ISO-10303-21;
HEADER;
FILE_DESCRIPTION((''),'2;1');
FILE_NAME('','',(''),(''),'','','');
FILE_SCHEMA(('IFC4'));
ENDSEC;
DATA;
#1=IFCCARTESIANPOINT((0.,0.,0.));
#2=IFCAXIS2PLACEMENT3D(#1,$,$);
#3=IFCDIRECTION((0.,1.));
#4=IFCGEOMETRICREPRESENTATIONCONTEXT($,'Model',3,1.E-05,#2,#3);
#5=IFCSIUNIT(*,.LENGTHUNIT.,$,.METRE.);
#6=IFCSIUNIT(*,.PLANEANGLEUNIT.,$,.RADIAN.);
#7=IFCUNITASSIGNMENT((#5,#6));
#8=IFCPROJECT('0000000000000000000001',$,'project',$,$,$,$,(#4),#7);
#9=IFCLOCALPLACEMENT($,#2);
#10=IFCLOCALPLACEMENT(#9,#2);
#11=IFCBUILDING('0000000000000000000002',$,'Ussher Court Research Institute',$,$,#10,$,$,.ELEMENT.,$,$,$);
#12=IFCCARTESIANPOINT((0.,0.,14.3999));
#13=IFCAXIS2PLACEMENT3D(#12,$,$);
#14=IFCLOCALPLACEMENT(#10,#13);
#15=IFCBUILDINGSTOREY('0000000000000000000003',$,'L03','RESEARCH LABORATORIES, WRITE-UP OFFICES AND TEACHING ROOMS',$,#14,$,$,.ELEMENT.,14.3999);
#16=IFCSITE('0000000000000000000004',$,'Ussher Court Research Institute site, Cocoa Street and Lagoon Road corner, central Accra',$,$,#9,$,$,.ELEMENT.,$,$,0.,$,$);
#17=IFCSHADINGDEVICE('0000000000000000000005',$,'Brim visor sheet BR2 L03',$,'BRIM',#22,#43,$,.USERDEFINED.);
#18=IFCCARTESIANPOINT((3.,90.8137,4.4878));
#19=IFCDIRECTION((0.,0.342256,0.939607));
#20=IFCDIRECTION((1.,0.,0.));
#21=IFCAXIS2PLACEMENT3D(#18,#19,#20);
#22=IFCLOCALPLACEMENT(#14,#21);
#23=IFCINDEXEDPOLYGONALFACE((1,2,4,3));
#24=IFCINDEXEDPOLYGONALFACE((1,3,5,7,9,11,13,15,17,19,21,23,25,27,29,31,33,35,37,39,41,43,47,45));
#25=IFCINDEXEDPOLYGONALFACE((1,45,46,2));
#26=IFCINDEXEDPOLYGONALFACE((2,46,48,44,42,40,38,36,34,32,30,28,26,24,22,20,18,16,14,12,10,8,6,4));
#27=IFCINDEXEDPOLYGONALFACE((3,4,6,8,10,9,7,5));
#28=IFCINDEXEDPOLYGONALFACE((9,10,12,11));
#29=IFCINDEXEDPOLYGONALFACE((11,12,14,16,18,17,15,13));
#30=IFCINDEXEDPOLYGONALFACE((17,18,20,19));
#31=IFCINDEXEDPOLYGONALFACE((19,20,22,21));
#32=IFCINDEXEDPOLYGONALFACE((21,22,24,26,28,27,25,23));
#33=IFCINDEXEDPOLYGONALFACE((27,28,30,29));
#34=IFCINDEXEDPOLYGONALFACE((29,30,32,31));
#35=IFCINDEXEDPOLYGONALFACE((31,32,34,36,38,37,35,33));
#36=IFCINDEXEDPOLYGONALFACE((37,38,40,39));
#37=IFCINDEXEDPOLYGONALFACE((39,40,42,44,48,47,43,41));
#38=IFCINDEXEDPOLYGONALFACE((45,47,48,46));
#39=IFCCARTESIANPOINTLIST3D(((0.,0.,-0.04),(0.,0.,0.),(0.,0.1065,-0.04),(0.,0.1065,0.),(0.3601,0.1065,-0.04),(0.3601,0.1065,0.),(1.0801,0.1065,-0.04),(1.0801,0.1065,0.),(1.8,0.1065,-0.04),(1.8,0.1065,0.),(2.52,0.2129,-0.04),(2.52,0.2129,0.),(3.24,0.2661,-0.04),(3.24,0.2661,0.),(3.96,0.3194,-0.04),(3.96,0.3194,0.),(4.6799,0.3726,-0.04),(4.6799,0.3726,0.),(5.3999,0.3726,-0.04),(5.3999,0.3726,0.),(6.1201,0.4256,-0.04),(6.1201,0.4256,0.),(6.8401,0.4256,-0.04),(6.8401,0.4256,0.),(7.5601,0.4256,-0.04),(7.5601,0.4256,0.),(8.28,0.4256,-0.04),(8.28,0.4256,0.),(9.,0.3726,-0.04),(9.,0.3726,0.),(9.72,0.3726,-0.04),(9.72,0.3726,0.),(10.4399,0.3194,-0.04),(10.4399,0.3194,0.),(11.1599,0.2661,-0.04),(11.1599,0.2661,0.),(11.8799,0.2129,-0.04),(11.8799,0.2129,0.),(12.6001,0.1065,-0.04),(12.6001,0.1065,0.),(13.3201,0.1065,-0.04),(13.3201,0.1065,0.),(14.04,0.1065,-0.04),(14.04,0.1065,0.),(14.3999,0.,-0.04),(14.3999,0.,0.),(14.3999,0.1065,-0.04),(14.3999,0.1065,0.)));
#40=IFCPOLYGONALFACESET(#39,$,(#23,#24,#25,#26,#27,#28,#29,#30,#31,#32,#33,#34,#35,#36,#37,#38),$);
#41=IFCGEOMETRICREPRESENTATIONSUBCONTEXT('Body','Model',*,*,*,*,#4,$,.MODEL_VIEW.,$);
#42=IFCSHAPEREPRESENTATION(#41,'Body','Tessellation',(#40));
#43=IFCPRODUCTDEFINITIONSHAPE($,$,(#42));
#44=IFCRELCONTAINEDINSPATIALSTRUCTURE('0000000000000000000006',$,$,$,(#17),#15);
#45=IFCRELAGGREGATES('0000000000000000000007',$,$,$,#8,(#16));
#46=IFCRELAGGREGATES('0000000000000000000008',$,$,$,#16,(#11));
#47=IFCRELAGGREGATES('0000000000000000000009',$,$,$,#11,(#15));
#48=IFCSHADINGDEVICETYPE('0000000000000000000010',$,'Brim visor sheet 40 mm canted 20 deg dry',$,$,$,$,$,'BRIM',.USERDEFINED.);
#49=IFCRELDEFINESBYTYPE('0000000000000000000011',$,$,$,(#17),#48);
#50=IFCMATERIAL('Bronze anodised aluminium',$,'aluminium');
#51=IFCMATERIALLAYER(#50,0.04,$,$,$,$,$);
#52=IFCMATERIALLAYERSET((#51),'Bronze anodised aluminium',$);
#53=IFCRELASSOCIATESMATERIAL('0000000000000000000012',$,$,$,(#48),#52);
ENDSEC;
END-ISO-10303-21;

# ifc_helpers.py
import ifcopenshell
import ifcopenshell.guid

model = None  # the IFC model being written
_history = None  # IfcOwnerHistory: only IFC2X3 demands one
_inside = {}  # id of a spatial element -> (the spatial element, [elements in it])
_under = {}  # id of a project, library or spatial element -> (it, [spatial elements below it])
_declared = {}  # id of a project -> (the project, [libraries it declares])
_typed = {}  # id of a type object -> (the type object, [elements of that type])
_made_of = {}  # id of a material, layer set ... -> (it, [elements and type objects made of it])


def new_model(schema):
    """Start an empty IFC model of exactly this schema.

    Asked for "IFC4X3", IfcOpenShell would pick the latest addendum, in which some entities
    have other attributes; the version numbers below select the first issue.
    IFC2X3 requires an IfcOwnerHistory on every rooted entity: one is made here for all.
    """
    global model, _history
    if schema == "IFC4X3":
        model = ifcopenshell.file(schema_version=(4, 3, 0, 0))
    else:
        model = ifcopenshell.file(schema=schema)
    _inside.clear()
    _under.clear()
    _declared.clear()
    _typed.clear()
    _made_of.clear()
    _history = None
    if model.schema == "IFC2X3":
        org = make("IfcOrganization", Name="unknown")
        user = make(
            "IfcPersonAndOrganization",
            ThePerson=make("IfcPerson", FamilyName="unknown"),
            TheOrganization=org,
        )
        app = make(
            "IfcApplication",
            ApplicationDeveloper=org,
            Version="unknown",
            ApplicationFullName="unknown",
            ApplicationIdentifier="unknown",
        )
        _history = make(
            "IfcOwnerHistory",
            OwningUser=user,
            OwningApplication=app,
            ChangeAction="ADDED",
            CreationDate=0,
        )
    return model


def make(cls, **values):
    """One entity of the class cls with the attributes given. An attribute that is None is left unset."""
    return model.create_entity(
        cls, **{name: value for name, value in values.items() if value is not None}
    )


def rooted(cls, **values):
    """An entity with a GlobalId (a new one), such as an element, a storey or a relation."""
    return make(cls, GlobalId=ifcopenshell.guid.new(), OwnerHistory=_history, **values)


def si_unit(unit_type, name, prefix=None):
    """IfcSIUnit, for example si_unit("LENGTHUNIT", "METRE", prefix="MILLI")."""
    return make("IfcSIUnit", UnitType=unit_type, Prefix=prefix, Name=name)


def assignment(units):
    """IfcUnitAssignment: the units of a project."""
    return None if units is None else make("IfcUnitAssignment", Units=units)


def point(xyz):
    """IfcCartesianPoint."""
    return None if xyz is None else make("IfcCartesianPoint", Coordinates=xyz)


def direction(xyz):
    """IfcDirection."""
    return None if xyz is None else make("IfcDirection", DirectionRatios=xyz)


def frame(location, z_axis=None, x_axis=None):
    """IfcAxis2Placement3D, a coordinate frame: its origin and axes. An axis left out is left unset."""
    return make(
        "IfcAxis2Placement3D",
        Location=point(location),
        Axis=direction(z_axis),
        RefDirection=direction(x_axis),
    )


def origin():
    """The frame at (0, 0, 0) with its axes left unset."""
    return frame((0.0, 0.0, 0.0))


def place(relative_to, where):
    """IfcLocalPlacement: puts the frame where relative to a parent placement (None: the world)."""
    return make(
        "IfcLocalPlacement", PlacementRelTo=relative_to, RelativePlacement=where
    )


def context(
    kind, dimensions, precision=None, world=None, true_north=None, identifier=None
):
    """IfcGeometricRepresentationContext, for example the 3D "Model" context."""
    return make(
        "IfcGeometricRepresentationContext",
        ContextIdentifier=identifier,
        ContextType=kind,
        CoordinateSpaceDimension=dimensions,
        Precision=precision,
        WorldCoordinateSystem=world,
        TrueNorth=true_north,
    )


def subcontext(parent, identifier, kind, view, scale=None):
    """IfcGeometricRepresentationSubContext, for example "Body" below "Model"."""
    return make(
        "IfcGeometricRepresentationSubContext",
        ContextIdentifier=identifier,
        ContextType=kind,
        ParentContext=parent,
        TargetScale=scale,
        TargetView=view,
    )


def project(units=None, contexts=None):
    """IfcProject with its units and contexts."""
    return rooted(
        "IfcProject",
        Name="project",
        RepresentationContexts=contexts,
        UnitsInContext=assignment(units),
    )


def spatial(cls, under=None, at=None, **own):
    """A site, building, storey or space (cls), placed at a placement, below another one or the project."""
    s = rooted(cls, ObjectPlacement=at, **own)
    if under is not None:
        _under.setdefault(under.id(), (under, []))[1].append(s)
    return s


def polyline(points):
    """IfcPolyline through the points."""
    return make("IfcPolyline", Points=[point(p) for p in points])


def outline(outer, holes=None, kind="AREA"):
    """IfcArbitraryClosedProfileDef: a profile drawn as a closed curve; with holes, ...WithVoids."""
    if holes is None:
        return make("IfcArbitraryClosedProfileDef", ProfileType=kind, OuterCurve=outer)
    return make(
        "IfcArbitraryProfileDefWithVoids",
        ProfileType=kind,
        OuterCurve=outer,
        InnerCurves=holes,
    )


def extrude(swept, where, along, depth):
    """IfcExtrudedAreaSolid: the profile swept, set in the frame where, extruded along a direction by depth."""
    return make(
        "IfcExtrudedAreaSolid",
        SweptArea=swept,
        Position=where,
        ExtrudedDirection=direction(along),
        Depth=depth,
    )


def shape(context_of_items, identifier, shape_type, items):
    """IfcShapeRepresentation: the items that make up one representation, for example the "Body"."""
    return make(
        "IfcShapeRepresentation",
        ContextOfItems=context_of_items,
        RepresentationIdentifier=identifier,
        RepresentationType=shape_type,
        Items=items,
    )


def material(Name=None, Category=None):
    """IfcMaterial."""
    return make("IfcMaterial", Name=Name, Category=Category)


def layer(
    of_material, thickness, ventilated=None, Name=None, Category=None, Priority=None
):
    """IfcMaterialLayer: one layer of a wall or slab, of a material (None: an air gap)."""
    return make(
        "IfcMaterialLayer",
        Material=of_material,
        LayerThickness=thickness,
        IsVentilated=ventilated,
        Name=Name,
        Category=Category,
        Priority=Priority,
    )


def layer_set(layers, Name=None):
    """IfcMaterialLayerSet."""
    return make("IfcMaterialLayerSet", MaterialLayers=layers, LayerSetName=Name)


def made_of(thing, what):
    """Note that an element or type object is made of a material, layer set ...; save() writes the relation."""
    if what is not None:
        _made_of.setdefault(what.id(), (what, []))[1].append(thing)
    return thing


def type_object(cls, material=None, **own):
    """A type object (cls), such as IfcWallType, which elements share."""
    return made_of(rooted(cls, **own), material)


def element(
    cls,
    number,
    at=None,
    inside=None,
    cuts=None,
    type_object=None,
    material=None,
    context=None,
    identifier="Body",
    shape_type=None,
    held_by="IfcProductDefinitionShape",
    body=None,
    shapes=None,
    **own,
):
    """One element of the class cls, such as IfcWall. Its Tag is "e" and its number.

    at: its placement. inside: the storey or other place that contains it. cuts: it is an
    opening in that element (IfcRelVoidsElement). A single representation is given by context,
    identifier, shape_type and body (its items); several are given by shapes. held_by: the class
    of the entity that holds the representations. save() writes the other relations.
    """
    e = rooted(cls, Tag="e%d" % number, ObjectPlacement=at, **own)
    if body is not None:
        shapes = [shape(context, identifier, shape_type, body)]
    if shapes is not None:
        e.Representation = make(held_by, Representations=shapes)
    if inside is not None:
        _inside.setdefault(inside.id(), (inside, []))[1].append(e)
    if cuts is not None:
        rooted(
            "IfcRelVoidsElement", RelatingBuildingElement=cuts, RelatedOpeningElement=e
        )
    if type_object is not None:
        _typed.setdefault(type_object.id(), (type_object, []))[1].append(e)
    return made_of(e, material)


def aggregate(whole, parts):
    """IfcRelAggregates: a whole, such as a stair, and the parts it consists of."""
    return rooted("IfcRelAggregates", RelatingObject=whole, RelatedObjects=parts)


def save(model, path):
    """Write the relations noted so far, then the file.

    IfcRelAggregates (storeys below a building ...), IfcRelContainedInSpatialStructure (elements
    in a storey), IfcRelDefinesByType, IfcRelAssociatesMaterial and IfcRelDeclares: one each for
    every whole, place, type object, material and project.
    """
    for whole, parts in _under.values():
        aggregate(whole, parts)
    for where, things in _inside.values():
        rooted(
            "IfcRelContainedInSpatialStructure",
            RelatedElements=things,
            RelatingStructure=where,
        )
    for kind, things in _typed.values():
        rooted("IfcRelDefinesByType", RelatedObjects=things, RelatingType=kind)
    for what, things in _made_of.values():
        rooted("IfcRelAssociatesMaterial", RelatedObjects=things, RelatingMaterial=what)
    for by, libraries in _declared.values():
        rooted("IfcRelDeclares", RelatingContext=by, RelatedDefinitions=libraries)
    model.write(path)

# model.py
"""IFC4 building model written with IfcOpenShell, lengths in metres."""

from ifc_helpers import new_model, si_unit, direction, frame, origin, place, context, subcontext, project, spatial, polyline, outline, extrude, material, layer, layer_set, type_object, element, save


model = new_model("IFC4")

# Units and contexts
model_context = context("Model", 3, precision=1e-05, world=origin(), true_north=direction((0.0, 1.0)))
body_context = subcontext(model_context, "Body", "Model", "MODEL_VIEW")
ifc_project = project(units=[si_unit("LENGTHUNIT", "METRE"), si_unit("PLANEANGLEUNIT", "RADIAN")], contexts=[model_context])

# Site, building, storey
site_placement = place(None, origin())
site = spatial("IfcSite", under=ifc_project, at=site_placement, Name="Ussher Court Research Institute site, Cocoa Street and Lagoon Road corner, central Accra", CompositionType="ELEMENT", RefElevation=0.0)
building_placement = place(site_placement, origin())
building = spatial("IfcBuilding", under=site, at=building_placement, Name="Ussher Court Research Institute", CompositionType="ELEMENT")
storey_placement = place(building_placement, frame((0.0, 0.0, 14.3999)))
storey = spatial("IfcBuildingStorey", under=building, at=storey_placement, Name="L03", Description="RESEARCH LABORATORIES, WRITE-UP OFFICES AND TEACHING ROOMS", CompositionType="ELEMENT", Elevation=14.3999)

# Shading device
ifc_material_1 = material(Name="Bronze anodised aluminium", Category="aluminium")
ifc_layer_1 = layer(ifc_material_1, 0.04)
ifc_layer_set_1 = layer_set([ifc_layer_1], Name="Bronze anodised aluminium")
shading_device_type_1 = type_object("IfcShadingDeviceType", Name="Brim visor sheet 40 mm canted 20 deg dry", ElementType="BRIM", PredefinedType="USERDEFINED", material=ifc_layer_set_1)
shading_device_1_placement = place(storey_placement, frame((3.0, 90.8137, 4.4878), z_axis=(0.0, 0.342256, 0.939607), x_axis=(1.0, 0.0, 0.0)))
element("IfcShadingDevice", 1, at=shading_device_1_placement, inside=storey, type_object=shading_device_type_1, Name="Brim visor sheet BR2 L03", ObjectType="BRIM", PredefinedType="USERDEFINED", context=body_context, shape_type="SweptSolid", body=[
    extrude(outline(polyline([(0.0, 0.0), (14.3999, 0.0), (14.3999, 0.1065), (14.04, 0.1065), (13.3201, 0.1065), (12.6001, 0.1065), (11.8799, 0.2129), (11.1599, 0.2661), (10.4399, 0.3194), (9.72, 0.3726), (9.0, 0.3726), (8.28, 0.4256), (7.5601, 0.4256), (6.8401, 0.4256), (6.1201, 0.4256), (5.3999, 0.3726), (4.6799, 0.3726), (3.96, 0.3194), (3.24, 0.2661), (2.52, 0.2129), (1.8, 0.1065), (1.0801, 0.1065), (0.3601, 0.1065), (0.0, 0.1065), (0.0, 0.0)])), origin(), (0.0, 0.0, -1.0), 0.04),
])

save(model, "model.ifc")
